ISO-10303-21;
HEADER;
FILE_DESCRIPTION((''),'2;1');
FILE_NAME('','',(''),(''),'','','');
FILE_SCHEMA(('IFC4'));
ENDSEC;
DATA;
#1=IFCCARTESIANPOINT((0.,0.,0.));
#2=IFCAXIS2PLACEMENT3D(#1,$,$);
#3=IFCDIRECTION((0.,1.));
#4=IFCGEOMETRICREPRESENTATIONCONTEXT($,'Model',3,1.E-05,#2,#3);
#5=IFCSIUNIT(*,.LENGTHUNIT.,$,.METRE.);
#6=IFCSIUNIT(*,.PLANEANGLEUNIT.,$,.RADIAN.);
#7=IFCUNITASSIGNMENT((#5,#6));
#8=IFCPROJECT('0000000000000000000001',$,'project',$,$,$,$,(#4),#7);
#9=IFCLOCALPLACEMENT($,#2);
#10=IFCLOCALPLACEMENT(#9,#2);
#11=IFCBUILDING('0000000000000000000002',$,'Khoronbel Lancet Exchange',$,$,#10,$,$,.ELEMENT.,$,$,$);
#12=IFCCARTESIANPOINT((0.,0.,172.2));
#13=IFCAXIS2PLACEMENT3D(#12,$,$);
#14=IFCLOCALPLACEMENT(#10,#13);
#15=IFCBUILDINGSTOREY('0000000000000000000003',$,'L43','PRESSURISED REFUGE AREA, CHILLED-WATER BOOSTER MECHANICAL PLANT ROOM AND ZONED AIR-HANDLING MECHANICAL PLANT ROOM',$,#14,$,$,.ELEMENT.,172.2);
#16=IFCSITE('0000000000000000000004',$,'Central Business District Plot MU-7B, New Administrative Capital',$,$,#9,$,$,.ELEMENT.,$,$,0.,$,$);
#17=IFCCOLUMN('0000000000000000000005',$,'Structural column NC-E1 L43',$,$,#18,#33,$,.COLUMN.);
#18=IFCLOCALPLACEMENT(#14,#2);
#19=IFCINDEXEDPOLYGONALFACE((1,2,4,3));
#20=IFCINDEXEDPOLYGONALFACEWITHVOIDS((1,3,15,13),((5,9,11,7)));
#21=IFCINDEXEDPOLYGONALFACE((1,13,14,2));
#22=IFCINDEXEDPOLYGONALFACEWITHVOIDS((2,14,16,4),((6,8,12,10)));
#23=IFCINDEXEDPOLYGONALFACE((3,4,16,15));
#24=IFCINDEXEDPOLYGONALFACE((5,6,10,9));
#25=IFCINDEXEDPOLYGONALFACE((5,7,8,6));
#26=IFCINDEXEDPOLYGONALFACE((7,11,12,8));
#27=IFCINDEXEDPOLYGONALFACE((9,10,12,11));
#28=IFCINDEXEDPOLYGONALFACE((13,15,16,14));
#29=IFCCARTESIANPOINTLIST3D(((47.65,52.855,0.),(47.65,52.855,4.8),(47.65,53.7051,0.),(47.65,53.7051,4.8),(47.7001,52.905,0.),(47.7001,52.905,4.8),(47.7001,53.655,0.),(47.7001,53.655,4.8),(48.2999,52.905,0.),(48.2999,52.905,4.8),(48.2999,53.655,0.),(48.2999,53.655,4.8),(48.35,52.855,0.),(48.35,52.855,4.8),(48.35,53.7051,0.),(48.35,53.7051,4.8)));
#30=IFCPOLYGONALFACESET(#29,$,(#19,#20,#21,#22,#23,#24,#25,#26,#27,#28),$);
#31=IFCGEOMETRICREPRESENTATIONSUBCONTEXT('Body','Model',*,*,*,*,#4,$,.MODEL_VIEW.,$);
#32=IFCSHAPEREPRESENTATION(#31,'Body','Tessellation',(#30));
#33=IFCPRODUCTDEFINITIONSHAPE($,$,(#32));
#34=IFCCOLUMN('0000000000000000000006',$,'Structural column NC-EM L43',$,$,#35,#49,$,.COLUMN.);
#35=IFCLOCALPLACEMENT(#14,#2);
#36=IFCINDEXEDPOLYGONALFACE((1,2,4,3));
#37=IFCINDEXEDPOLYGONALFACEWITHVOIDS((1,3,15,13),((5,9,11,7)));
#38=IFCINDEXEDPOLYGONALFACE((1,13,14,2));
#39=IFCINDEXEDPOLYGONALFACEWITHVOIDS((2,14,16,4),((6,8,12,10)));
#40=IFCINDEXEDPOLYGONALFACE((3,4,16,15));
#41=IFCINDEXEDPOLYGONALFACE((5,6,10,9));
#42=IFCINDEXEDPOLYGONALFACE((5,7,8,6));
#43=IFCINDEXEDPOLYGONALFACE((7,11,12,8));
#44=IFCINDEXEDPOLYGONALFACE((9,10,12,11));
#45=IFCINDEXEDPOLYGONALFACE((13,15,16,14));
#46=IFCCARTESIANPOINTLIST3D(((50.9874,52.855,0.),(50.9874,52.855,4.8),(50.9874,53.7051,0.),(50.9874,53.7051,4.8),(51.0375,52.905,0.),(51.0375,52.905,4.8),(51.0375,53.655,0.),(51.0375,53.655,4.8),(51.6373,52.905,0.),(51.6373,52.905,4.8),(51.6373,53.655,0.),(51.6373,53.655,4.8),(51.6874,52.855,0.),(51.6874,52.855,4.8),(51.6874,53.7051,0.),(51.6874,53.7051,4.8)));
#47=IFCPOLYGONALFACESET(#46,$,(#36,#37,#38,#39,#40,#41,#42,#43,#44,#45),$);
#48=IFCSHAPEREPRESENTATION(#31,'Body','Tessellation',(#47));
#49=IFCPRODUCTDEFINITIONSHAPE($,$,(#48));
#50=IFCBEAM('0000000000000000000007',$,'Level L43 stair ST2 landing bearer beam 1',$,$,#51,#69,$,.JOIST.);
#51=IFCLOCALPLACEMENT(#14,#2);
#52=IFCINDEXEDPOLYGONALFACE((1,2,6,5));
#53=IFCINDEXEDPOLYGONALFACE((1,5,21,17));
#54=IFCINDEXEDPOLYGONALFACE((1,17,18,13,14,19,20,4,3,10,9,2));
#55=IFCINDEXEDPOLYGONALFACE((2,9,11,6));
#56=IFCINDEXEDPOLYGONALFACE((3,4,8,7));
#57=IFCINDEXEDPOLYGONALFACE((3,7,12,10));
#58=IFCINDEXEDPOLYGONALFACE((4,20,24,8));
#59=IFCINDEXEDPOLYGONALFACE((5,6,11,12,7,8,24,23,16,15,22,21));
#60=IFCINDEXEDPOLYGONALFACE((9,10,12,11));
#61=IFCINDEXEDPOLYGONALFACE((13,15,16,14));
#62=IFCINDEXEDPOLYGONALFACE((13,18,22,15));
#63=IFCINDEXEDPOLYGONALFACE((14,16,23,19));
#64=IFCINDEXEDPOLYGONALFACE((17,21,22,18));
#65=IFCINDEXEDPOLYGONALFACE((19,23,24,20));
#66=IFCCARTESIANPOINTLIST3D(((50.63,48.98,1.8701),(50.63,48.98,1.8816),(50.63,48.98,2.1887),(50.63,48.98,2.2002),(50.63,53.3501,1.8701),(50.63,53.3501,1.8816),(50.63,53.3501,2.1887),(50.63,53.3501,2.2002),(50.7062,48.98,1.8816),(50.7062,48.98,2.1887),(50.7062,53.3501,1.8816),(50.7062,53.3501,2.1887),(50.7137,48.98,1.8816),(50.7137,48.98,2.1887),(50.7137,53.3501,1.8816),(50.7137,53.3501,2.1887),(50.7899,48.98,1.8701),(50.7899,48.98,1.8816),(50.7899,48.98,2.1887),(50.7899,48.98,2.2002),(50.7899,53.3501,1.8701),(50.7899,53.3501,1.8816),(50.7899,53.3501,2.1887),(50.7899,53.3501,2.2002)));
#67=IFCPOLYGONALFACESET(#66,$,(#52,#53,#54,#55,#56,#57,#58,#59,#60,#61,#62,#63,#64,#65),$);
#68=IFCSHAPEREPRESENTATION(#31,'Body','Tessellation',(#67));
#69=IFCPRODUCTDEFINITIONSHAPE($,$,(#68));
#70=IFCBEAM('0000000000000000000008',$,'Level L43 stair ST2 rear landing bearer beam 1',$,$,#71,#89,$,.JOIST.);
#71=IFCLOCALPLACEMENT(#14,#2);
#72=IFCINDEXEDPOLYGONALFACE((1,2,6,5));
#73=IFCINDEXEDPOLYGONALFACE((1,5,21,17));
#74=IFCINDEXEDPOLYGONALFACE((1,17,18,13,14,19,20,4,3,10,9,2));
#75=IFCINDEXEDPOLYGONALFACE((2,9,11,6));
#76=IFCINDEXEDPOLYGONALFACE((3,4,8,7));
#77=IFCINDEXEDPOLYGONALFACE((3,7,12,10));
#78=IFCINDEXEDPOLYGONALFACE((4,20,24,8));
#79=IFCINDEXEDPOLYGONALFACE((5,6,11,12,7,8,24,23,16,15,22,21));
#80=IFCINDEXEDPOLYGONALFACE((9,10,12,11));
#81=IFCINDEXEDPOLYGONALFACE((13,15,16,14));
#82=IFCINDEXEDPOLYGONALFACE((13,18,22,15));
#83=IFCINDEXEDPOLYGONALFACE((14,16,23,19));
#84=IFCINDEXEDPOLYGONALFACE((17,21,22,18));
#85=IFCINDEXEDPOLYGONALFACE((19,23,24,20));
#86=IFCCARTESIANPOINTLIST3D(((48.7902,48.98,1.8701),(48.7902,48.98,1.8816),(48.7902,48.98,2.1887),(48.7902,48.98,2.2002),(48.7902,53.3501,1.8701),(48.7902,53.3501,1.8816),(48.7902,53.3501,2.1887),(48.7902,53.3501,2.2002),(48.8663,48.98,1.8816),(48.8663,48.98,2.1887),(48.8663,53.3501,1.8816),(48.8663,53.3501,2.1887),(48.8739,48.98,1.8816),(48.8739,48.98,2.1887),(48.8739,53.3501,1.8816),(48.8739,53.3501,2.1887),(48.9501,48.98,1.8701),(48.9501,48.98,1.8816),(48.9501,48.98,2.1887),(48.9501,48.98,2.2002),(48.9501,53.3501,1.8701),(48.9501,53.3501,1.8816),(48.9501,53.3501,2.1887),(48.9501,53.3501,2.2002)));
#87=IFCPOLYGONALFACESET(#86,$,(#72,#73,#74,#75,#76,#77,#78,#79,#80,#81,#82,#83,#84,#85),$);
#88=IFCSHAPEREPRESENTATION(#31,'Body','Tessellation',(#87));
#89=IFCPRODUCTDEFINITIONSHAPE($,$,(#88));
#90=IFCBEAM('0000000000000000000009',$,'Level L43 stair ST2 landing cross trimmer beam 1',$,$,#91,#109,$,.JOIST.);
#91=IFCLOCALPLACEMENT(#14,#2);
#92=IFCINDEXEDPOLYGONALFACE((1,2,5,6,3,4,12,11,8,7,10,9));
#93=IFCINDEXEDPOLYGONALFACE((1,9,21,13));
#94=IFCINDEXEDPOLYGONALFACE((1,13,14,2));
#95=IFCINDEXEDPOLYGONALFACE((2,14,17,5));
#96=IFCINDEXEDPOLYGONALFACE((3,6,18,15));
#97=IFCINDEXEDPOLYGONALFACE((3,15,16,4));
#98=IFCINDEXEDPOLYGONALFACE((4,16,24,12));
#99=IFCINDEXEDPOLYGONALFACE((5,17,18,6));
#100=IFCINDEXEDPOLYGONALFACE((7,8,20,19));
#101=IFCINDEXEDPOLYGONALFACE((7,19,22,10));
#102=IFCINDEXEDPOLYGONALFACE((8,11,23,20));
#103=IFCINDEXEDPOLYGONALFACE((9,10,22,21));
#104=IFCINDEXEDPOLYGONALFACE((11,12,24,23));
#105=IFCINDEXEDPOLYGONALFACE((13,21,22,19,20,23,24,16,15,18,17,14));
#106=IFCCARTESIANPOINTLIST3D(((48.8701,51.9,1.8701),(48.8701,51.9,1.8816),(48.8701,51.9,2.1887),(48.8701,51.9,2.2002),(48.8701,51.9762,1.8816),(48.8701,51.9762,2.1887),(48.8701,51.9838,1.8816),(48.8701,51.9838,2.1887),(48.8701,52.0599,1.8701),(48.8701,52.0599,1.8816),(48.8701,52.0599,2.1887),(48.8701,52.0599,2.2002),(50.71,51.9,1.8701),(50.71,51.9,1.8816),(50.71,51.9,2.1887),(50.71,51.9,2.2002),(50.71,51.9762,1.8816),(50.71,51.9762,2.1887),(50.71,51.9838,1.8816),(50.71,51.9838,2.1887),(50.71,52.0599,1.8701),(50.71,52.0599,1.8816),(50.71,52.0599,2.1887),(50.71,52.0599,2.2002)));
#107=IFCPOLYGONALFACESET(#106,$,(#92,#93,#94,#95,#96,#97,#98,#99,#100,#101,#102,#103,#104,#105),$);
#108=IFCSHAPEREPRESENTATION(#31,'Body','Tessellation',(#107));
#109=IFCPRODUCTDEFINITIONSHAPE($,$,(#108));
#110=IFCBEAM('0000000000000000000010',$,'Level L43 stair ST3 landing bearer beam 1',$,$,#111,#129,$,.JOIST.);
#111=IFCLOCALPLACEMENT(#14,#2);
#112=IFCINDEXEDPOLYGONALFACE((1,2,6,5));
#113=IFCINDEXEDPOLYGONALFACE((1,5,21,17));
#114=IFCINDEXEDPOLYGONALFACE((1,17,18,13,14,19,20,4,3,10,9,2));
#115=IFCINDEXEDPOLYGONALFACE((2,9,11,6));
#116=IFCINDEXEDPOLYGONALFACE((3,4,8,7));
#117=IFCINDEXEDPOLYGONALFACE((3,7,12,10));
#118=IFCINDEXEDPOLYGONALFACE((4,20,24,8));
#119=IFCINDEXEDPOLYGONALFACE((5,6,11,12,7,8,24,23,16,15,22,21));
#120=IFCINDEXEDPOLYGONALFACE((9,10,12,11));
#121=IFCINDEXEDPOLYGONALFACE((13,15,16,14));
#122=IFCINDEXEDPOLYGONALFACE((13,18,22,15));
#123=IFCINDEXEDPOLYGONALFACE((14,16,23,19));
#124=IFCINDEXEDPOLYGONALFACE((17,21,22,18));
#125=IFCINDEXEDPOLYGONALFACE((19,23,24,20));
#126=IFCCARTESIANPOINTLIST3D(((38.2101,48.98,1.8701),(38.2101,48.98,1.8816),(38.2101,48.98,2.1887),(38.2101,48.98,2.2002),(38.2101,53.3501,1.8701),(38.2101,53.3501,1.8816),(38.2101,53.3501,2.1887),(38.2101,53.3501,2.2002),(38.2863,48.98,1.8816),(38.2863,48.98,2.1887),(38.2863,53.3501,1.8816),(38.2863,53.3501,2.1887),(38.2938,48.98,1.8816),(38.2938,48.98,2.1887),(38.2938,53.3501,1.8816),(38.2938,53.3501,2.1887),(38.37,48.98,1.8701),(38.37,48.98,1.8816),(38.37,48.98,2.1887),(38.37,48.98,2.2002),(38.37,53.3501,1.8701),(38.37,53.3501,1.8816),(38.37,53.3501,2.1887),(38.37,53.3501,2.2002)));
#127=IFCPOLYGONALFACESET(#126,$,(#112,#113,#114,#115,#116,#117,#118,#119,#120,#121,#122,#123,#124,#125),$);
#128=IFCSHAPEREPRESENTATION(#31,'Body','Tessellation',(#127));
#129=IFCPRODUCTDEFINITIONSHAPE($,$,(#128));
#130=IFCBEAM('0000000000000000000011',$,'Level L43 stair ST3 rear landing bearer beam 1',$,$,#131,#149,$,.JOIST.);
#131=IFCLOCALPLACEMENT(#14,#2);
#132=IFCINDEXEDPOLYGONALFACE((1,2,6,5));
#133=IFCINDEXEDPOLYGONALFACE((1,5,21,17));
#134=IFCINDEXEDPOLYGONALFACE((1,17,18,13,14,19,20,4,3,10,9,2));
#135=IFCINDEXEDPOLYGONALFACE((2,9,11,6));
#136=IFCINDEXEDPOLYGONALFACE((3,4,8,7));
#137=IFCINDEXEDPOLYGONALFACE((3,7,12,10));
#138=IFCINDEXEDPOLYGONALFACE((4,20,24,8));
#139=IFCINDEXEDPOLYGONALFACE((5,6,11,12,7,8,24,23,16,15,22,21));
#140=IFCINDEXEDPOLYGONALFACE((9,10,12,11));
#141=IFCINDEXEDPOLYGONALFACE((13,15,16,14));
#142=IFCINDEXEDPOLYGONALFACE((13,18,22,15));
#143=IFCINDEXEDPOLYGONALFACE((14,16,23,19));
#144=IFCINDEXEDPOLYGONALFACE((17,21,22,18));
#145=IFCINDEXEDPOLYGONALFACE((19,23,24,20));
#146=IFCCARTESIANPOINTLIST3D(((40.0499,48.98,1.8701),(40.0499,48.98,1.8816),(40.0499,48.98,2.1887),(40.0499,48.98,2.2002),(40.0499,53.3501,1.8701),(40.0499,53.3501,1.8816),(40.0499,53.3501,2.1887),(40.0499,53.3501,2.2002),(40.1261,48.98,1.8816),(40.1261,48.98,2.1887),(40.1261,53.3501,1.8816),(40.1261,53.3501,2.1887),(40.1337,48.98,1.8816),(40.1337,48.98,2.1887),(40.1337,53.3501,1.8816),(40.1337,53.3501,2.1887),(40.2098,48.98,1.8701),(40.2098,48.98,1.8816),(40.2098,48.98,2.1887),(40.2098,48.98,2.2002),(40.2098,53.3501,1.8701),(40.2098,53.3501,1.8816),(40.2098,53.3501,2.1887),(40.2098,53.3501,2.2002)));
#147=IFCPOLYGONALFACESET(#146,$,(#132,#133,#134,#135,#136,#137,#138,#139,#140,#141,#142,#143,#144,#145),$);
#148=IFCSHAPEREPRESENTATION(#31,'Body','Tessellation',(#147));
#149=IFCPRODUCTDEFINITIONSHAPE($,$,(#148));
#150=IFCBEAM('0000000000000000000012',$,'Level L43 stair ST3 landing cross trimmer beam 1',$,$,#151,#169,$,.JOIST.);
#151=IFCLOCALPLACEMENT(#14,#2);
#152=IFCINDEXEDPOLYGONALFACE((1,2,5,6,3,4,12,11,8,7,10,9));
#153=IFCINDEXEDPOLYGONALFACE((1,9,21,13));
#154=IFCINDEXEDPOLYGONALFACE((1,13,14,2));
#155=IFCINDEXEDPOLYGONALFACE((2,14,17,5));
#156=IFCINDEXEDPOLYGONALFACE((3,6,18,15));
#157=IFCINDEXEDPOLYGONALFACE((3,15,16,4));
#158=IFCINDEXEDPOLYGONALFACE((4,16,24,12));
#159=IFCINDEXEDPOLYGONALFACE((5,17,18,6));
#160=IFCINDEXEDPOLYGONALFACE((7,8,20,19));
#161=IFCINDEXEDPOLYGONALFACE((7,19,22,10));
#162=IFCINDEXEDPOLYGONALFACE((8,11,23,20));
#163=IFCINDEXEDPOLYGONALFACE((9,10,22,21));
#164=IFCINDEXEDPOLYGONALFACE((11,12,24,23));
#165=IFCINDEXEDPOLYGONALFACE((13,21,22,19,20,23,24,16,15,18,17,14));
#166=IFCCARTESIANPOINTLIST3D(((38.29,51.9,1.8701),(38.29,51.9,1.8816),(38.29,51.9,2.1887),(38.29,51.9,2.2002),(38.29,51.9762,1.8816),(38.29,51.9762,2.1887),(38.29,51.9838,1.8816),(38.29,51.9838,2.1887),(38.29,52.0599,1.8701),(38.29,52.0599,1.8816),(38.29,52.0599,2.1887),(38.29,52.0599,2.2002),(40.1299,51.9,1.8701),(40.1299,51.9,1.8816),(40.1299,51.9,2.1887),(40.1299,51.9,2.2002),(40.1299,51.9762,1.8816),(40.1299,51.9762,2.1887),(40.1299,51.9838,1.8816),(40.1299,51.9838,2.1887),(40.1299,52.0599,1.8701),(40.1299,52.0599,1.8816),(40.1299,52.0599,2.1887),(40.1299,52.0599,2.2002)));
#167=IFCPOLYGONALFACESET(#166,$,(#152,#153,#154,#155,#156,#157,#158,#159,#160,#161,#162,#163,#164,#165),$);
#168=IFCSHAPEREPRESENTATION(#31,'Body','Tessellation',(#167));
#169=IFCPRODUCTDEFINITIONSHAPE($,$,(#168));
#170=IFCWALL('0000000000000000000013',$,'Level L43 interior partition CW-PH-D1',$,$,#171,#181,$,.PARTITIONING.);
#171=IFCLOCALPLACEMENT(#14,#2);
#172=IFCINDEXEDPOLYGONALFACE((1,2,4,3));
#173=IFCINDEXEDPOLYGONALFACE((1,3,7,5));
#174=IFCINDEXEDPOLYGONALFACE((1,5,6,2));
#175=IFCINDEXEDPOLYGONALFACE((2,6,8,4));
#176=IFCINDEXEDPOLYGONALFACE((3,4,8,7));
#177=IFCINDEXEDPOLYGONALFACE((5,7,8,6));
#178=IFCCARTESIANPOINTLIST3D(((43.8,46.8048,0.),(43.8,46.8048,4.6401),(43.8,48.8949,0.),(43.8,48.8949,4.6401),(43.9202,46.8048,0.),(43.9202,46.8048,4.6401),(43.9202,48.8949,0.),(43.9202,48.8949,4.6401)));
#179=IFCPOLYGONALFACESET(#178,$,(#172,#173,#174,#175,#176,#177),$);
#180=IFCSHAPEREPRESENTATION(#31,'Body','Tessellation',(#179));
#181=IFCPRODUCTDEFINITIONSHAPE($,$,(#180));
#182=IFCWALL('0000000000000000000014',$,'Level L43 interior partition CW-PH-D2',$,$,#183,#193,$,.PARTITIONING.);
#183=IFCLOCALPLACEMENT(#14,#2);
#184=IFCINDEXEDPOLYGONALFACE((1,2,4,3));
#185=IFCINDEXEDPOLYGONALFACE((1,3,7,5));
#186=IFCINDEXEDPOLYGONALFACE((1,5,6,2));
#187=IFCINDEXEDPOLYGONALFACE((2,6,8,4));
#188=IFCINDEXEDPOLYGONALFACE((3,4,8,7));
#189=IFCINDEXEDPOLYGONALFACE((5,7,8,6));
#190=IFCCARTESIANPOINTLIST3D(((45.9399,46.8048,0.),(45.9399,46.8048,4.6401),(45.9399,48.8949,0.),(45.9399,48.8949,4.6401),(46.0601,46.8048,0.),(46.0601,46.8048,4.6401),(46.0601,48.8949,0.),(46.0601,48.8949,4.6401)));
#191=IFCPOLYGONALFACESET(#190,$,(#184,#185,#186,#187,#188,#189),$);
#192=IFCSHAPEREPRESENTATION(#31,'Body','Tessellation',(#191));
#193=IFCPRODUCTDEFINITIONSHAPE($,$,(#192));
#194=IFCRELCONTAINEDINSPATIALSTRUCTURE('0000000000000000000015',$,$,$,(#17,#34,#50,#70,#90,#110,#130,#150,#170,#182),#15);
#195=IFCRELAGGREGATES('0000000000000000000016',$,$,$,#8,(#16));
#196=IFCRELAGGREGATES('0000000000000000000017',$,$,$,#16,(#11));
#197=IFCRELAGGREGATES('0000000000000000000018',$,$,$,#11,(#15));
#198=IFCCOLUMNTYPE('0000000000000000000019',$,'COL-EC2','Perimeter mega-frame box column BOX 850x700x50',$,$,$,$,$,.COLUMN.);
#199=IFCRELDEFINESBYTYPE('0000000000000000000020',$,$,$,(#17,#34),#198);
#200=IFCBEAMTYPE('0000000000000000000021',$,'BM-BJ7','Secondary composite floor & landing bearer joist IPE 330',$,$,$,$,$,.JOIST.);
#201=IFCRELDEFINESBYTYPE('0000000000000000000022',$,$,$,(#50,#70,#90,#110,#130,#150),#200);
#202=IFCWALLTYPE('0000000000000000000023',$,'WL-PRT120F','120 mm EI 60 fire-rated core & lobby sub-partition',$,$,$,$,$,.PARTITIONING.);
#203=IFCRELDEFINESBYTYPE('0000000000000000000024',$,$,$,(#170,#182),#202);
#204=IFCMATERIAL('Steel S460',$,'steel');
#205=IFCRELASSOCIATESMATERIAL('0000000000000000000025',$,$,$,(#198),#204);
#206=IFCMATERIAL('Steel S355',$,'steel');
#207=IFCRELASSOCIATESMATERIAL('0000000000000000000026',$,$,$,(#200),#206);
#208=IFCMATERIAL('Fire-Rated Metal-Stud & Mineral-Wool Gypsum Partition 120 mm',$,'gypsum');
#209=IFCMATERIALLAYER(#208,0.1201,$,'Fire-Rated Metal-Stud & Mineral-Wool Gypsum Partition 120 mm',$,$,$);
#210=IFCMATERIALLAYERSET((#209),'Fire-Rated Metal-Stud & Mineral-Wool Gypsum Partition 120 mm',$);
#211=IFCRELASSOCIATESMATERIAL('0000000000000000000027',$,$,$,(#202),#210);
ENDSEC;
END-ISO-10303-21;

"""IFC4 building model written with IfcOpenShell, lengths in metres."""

from ifc_helpers import new_model, si_unit, direction, frame, frame_2d, origin, origin_2d, place, context, subcontext, project, spatial, rectangle, hollow_rectangle, i_section, extrude, material, layer, layer_set, material_profile, profile_set, type_object, element, save


model = new_model("IFC4")

# Units and contexts
model_context = context("Model", 3, precision=1e-05, world=origin(), true_north=direction((0.0, 1.0)))
body_context = subcontext(model_context, "Body", "Model", "MODEL_VIEW")
ifc_project = project(units=[si_unit("LENGTHUNIT", "METRE"), si_unit("PLANEANGLEUNIT", "RADIAN")], contexts=[model_context])

# Site, building, storey
site_placement = place(None, origin())
site = spatial("IfcSite", under=ifc_project, at=site_placement, Name="Central Business District Plot MU-7B, New Administrative Capital", CompositionType="ELEMENT", RefElevation=0.0)
building_placement = place(site_placement, origin())
building = spatial("IfcBuilding", under=site, at=building_placement, Name="Khoronbel Lancet Exchange", CompositionType="ELEMENT")
storey_placement = place(building_placement, frame((0.0, 0.0, 172.2)))
storey = spatial("IfcBuildingStorey", under=building, at=storey_placement, Name="L43", Description="PRESSURISED REFUGE AREA, CHILLED-WATER BOOSTER MECHANICAL PLANT ROOM AND ZONED AIR-HANDLING MECHANICAL PLANT ROOM", CompositionType="ELEMENT", Elevation=172.2)

# Columns
ifc_material_1 = material(Name="Steel S460", Category="steel")
ifc_material_profile_1 = material_profile(ifc_material_1, hollow_rectangle(XDim=0.7, YDim=0.8501, WallThickness=0.05, at=origin_2d()), Name="BOX 850x700x50")
ifc_profile_set_1 = profile_set([ifc_material_profile_1], Name="Steel S460")
column_type = type_object("IfcColumnType", Name="COL-EC2", Description="Perimeter mega-frame box column BOX 850x700x50", PredefinedType="COLUMN", material=ifc_profile_set_1)
for number, where, z_axis, x_axis, name in (
    (1, (48.0, 53.28, 0.0), (0.0, 0.0, 1.0), (1.0, 0.0, 0.0), "Structural column NC-E1 L43"),
    (2, (51.3374, 53.28, 0.0), (0.0, 0.0, 1.0), (1.0, 0.0, 0.0), "Structural column NC-EM L43"),
):
    element("IfcColumn", number, at=place(storey_placement, frame(where, z_axis=z_axis, x_axis=x_axis)), inside=storey, type_object=column_type, Name=name, PredefinedType="COLUMN", context=body_context, shape_type="SweptSolid", body=[
        extrude(hollow_rectangle(XDim=0.7, YDim=0.8501, WallThickness=0.05, at=origin_2d()), origin(), (0.0, 0.0, 1.0), 4.8),
    ])

# Beams
ifc_material_2 = material(Name="Steel S355", Category="steel")
ifc_material_profile_2 = material_profile(ifc_material_2, i_section(OverallWidth=0.1599, OverallDepth=0.3301, WebThickness=0.0076, FlangeThickness=0.0115, at=origin_2d()), Name="IPE 330")
ifc_profile_set_2 = profile_set([ifc_material_profile_2], Name="Steel S355")
beam_type = type_object("IfcBeamType", Name="BM-BJ7", Description="Secondary composite floor & landing bearer joist IPE 330", PredefinedType="JOIST", material=ifc_profile_set_2)
for number, where, z_axis, x_axis, name in (
    (3, (50.71, 48.98, 2.0352), (0.0, 1.0, 0.0), (-1.0, 0.0, 0.0), "Level L43 stair ST2 landing bearer beam 1"),
    (4, (48.8701, 48.98, 2.0352), (0.0, 1.0, 0.0), (-1.0, 0.0, 0.0), "Level L43 stair ST2 rear landing bearer beam 1"),
):
    element("IfcBeam", number, at=place(storey_placement, frame(where, z_axis=z_axis, x_axis=x_axis)), inside=storey, type_object=beam_type, Name=name, PredefinedType="JOIST", context=body_context, shape_type="SweptSolid", body=[
        extrude(i_section(OverallWidth=0.1599, OverallDepth=0.3301, WebThickness=0.0076, FlangeThickness=0.0115, at=origin_2d()), origin(), (0.0, 0.0, 1.0), 4.3701),
    ])
beam_1_placement = place(storey_placement, frame((48.8701, 51.98, 2.0352), z_axis=(1.0, 0.0, 0.0), x_axis=(0.0, 1.0, 0.0)))
element("IfcBeam", 5, at=beam_1_placement, inside=storey, type_object=beam_type, Name="Level L43 stair ST2 landing cross trimmer beam 1", PredefinedType="JOIST", context=body_context, shape_type="SweptSolid", body=[
    extrude(i_section(OverallWidth=0.1599, OverallDepth=0.3301, WebThickness=0.0076, FlangeThickness=0.0115, at=origin_2d()), origin(), (0.0, 0.0, 1.0), 1.8398),
])
for number, where, z_axis, x_axis, name in (
    (6, (38.29, 48.98, 2.0352), (0.0, 1.0, 0.0), (-1.0, 0.0, 0.0), "Level L43 stair ST3 landing bearer beam 1"),
    (7, (40.1299, 48.98, 2.0352), (0.0, 1.0, 0.0), (-1.0, 0.0, 0.0), "Level L43 stair ST3 rear landing bearer beam 1"),
):
    element("IfcBeam", number, at=place(storey_placement, frame(where, z_axis=z_axis, x_axis=x_axis)), inside=storey, type_object=beam_type, Name=name, PredefinedType="JOIST", context=body_context, shape_type="SweptSolid", body=[
        extrude(i_section(OverallWidth=0.1599, OverallDepth=0.3301, WebThickness=0.0076, FlangeThickness=0.0115, at=origin_2d()), origin(), (0.0, 0.0, 1.0), 4.3701),
    ])
beam_2_placement = place(storey_placement, frame((38.29, 51.98, 2.0352), z_axis=(1.0, 0.0, 0.0), x_axis=(0.0, 1.0, 0.0)))
element("IfcBeam", 8, at=beam_2_placement, inside=storey, type_object=beam_type, Name="Level L43 stair ST3 landing cross trimmer beam 1", PredefinedType="JOIST", context=body_context, shape_type="SweptSolid", body=[
    extrude(i_section(OverallWidth=0.1599, OverallDepth=0.3301, WebThickness=0.0076, FlangeThickness=0.0115, at=origin_2d()), origin(), (0.0, 0.0, 1.0), 1.8398),
])

# Walls
ifc_material_3 = material(Name="Fire-Rated Metal-Stud & Mineral-Wool Gypsum Partition 120 mm", Category="gypsum")
ifc_layer_1 = layer(ifc_material_3, 0.1201, Name="Fire-Rated Metal-Stud & Mineral-Wool Gypsum Partition 120 mm")
ifc_layer_set_1 = layer_set([ifc_layer_1], Name="Fire-Rated Metal-Stud & Mineral-Wool Gypsum Partition 120 mm")
wall_type_1 = type_object("IfcWallType", Name="WL-PRT120F", Description="120 mm EI 60 fire-rated core & lobby sub-partition", PredefinedType="PARTITIONING", material=ifc_layer_set_1)
for number, where, z_axis, x_axis, name in (
    (9, (43.8601, 46.8049, 0.0), (0.0, 0.0, 1.0), (0.0, 1.0, 0.0), "Level L43 interior partition CW-PH-D1"),
    (10, (46.0, 46.8049, 0.0), (0.0, 0.0, 1.0), (0.0, 1.0, 0.0), "Level L43 interior partition CW-PH-D2"),
):
    element("IfcWall", number, at=place(storey_placement, frame(where, z_axis=z_axis, x_axis=x_axis)), inside=storey, type_object=wall_type_1, Name=name, PredefinedType="PARTITIONING", context=body_context, shape_type="SweptSolid", body=[
        extrude(rectangle(XDim=2.0901, YDim=0.1201, at=frame_2d((1.0449, 0.0))), origin(), (0.0, 0.0, 1.0), 4.6401),
    ])

save(model, "model.ifc")
